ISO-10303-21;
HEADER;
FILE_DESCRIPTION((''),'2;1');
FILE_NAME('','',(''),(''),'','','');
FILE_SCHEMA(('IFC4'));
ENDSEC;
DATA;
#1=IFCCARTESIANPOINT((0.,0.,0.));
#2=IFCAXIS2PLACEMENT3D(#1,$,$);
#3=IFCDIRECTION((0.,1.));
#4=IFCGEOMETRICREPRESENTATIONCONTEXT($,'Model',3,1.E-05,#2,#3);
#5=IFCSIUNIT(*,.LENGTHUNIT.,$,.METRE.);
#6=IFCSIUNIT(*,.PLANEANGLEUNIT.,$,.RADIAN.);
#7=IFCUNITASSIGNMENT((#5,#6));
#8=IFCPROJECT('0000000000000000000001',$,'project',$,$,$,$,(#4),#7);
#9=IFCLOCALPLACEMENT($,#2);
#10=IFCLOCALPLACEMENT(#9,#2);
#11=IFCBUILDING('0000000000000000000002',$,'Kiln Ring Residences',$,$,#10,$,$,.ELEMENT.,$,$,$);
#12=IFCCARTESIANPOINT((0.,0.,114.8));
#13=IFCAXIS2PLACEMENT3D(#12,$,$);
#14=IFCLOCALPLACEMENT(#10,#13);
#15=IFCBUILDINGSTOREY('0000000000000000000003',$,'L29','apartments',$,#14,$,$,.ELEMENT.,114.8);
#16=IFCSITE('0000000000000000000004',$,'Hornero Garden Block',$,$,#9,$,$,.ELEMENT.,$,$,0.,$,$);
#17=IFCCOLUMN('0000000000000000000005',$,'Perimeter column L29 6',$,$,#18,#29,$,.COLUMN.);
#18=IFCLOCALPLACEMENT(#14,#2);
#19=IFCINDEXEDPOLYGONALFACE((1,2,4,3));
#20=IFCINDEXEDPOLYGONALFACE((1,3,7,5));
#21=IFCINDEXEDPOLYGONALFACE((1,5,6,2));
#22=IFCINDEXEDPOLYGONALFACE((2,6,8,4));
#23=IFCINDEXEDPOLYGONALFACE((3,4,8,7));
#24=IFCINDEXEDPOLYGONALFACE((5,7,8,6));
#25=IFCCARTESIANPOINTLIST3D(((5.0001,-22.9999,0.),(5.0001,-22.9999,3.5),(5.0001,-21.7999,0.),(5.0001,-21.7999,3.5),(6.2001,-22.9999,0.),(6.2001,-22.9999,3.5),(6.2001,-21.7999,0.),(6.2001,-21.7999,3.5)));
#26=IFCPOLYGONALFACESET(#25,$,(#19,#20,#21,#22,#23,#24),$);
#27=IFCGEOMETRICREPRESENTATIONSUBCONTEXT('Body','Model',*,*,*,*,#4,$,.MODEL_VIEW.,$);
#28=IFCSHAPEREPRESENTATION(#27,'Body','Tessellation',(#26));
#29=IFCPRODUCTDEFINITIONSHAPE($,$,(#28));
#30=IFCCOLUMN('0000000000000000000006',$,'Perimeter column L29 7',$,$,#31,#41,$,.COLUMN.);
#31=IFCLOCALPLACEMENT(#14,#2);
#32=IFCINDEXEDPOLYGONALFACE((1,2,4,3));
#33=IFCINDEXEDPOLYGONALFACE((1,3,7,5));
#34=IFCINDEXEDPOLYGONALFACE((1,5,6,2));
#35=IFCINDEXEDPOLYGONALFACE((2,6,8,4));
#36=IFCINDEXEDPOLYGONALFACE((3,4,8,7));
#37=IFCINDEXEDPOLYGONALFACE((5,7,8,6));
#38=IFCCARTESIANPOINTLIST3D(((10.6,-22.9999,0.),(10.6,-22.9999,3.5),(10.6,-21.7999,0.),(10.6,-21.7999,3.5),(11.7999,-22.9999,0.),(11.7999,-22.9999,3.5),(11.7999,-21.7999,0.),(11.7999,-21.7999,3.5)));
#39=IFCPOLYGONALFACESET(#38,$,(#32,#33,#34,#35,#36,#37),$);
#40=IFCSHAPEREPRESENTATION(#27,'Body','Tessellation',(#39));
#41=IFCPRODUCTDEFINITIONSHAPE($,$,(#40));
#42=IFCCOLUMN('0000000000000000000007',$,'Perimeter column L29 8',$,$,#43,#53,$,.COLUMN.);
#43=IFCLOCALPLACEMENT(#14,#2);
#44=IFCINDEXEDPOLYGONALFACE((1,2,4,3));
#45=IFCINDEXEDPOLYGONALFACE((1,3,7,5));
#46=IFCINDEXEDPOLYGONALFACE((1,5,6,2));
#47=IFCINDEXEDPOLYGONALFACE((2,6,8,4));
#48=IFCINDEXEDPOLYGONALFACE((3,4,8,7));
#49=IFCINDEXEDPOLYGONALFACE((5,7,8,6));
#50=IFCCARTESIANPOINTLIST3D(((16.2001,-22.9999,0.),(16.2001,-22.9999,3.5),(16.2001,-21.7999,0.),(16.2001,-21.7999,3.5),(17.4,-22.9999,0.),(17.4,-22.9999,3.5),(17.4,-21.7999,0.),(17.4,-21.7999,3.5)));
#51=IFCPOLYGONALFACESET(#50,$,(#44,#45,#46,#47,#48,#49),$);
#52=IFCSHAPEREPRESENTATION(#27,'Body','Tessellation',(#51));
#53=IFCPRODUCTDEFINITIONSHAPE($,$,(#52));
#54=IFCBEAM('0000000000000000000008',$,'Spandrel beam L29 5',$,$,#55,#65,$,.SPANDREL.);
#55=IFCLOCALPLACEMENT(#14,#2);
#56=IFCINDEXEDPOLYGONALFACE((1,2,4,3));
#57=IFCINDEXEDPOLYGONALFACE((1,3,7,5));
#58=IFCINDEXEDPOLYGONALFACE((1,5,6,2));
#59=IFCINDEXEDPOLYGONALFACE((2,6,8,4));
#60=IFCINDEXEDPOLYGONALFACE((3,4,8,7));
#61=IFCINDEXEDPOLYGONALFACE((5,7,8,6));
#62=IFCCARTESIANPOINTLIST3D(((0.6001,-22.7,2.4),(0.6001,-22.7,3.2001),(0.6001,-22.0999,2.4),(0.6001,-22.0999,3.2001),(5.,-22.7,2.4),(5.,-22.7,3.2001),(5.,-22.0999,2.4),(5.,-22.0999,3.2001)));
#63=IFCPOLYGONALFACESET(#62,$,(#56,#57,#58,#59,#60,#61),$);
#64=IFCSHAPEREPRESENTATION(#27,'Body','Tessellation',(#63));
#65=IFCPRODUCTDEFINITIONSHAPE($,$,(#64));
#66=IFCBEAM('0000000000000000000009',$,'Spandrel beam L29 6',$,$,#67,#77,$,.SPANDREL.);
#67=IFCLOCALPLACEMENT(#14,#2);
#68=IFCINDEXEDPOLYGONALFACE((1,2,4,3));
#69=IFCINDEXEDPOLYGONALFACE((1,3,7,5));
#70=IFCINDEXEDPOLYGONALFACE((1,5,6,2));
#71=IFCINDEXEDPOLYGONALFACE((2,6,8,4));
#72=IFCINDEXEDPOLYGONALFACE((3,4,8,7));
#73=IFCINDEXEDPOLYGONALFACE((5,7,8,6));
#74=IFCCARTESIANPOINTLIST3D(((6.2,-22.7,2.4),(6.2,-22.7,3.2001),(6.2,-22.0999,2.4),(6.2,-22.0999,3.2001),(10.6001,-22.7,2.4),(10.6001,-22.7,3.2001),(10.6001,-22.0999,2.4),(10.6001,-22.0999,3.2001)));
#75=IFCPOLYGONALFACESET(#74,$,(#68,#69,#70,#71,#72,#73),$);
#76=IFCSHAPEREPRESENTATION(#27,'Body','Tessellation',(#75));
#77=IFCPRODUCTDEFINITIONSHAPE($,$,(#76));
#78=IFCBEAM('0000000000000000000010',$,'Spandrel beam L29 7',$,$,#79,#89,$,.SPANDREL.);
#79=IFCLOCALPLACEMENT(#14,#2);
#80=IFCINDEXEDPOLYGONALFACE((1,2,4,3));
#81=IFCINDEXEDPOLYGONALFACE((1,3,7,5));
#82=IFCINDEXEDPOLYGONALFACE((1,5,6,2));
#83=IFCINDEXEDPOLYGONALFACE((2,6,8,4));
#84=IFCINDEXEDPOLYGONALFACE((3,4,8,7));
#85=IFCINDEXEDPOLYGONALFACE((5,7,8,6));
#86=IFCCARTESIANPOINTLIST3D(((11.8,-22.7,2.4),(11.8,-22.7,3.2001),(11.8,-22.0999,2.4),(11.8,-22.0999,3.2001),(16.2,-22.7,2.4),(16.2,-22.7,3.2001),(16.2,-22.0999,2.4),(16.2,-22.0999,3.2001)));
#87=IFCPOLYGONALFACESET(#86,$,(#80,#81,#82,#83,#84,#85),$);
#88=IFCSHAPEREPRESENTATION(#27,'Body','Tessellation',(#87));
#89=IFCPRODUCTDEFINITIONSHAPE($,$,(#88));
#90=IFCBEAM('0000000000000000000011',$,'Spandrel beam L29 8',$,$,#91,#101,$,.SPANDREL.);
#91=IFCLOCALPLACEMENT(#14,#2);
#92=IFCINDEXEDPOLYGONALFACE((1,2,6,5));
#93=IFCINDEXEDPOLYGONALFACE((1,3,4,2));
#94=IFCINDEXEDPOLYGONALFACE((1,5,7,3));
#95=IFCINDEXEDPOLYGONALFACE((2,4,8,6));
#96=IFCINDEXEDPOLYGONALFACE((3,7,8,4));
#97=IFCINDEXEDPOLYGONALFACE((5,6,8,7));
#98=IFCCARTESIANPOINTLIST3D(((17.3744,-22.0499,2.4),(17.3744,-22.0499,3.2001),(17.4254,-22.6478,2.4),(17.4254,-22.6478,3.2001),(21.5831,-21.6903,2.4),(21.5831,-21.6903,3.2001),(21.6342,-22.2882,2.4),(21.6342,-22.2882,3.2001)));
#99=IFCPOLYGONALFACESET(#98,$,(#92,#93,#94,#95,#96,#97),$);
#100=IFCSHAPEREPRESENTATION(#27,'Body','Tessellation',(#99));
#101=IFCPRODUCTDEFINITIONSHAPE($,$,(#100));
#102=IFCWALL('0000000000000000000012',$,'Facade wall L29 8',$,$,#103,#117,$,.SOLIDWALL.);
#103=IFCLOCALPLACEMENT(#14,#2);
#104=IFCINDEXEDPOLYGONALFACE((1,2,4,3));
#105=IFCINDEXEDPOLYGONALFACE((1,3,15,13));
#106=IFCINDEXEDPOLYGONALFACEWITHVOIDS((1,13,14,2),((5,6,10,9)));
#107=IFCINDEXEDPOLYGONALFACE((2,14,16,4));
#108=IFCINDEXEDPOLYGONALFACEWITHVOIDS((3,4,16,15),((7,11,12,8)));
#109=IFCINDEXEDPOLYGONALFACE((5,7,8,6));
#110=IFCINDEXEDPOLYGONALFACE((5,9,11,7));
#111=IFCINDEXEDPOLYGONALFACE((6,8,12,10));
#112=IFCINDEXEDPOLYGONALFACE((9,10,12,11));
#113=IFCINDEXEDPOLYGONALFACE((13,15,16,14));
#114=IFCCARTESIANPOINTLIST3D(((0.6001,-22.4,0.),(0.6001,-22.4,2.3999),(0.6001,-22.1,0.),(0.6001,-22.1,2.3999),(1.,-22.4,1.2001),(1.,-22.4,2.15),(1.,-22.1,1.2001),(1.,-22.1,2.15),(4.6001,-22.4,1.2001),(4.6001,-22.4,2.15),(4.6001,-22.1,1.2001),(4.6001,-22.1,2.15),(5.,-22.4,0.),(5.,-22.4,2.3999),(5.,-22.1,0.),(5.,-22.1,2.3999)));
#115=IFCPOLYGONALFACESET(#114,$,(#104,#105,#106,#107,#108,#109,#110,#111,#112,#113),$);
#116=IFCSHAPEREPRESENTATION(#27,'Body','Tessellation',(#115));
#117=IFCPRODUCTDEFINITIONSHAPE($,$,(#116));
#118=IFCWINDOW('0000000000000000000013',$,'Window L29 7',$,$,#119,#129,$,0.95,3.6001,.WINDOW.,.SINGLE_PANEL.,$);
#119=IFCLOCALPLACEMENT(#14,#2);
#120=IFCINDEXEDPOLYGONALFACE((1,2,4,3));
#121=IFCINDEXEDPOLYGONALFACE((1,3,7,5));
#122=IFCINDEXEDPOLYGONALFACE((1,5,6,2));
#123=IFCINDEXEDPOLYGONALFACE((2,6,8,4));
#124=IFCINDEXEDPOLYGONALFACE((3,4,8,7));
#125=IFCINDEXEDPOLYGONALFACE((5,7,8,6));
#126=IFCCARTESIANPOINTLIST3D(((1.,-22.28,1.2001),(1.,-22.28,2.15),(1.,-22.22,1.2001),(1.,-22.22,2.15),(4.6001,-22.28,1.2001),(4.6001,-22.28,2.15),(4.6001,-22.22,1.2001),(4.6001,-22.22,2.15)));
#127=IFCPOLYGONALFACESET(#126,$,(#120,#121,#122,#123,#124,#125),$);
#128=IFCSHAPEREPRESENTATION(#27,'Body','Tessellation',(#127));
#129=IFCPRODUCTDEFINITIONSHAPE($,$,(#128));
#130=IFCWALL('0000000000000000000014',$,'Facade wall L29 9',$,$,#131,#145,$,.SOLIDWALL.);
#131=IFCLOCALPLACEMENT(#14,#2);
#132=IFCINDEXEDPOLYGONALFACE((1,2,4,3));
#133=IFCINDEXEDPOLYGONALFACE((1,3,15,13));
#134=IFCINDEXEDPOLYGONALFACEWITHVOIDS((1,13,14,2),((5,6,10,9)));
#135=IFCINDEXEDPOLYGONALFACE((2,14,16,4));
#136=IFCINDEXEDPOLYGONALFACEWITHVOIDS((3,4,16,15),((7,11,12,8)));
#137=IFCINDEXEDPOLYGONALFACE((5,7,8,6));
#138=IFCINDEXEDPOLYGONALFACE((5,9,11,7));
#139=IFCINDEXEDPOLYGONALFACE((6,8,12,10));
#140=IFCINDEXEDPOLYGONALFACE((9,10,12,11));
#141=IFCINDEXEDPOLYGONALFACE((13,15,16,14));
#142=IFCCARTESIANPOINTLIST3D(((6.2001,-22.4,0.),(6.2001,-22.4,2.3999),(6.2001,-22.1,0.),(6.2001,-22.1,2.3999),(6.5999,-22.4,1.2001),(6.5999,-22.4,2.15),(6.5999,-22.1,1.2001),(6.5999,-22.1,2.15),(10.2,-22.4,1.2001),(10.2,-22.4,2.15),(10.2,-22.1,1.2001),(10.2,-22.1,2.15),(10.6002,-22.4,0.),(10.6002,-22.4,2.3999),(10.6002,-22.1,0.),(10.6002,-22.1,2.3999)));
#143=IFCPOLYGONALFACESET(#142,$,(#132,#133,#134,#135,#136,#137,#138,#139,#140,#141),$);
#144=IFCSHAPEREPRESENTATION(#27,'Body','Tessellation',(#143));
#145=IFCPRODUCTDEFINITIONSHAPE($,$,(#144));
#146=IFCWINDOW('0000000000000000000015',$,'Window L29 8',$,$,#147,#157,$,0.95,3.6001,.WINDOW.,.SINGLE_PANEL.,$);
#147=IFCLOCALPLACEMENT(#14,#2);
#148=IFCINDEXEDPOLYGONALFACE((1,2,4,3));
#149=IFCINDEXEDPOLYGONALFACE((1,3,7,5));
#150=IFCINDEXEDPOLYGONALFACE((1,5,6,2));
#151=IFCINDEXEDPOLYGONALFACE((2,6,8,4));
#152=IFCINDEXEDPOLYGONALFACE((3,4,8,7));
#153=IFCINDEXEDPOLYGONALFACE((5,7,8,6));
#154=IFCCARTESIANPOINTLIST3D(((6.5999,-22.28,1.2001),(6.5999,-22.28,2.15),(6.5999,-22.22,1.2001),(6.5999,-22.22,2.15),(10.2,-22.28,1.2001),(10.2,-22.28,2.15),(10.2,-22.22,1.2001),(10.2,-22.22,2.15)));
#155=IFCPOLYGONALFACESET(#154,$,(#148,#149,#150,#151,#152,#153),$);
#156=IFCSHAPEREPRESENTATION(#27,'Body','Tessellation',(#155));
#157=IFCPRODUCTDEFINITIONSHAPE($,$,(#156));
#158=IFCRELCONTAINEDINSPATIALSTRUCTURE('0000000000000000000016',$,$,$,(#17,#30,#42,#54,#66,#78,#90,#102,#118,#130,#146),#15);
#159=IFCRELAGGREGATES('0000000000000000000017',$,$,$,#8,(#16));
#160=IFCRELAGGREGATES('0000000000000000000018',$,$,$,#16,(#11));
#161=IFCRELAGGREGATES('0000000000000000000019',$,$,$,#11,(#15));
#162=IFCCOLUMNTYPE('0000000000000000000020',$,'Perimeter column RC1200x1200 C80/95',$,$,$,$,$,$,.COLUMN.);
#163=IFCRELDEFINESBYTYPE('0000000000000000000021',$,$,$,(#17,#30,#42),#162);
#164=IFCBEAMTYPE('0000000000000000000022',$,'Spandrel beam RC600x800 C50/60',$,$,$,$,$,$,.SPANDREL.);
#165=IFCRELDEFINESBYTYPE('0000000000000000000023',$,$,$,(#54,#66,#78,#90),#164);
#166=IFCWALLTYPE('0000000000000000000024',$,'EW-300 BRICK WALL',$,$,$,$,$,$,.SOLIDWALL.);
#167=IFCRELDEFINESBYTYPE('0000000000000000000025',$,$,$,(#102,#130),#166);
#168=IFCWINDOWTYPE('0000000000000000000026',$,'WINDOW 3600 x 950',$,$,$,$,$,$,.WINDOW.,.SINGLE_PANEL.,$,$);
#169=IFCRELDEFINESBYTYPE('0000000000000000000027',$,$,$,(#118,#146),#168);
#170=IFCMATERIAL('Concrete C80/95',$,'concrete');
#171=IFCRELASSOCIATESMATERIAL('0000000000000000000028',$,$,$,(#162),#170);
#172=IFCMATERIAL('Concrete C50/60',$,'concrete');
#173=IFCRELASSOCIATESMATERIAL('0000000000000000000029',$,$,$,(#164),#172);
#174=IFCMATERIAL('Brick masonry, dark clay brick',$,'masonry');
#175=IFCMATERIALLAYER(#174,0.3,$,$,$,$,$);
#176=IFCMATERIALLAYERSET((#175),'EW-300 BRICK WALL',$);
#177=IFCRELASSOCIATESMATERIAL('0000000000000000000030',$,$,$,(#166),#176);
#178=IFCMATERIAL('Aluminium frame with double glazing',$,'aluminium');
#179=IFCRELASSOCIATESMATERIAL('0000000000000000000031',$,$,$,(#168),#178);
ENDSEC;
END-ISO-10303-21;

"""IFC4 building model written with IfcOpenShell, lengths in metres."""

from ifc_helpers import new_model, si_unit, direction, frame, frame_2d, origin, origin_2d, place, context, subcontext, project, spatial, rectangle, extrude, material, layer, layer_set, material_profile, profile_set, type_object, element, fill, save


model = new_model("IFC4")

# Units and contexts
model_context = context("Model", 3, precision=1e-05, world=origin(), true_north=direction((0.0, 1.0)))
body_context = subcontext(model_context, "Body", "Model", "MODEL_VIEW")
ifc_project = project(units=[si_unit("LENGTHUNIT", "METRE"), si_unit("PLANEANGLEUNIT", "RADIAN")], contexts=[model_context])

# Site, building, storey
site_placement = place(None, origin())
site = spatial("IfcSite", under=ifc_project, at=site_placement, Name="Hornero Garden Block", CompositionType="ELEMENT", RefElevation=0.0)
building_placement = place(site_placement, origin())
building = spatial("IfcBuilding", under=site, at=building_placement, Name="Kiln Ring Residences", CompositionType="ELEMENT")
storey_placement = place(building_placement, frame((0.0, 0.0, 114.8)))
storey = spatial("IfcBuildingStorey", under=building, at=storey_placement, Name="L29", Description="apartments", CompositionType="ELEMENT", Elevation=114.8)

# Columns
ifc_material_1 = material(Name="Concrete C80/95", Category="concrete")
ifc_material_profile_1 = material_profile(ifc_material_1, rectangle(XDim=1.2, YDim=1.2, at=origin_2d()), Name="RC1200x1200")
ifc_profile_set_1 = profile_set([ifc_material_profile_1], Name="Concrete C80/95")
column_type = type_object("IfcColumnType", Name="Perimeter column RC1200x1200 C80/95", PredefinedType="COLUMN", material=ifc_profile_set_1)
for number, where, z_axis, x_axis, name in (
    (1, (5.6001, -22.3999, 0.0), (0.0, 0.0, 1.0), (1.0, 0.0, 0.0), "Perimeter column L29 6"),
    (2, (11.2, -22.3999, 0.0), (0.0, 0.0, 1.0), (1.0, 0.0, 0.0), "Perimeter column L29 7"),
    (3, (16.8, -22.3999, 0.0), (0.0, 0.0, 1.0), (1.0, 0.0, 0.0), "Perimeter column L29 8"),
):
    element("IfcColumn", number, at=place(storey_placement, frame(where, z_axis=z_axis, x_axis=x_axis)), inside=storey, type_object=column_type, Name=name, PredefinedType="COLUMN", context=body_context, shape_type="SweptSolid", body=[
        extrude(rectangle(XDim=1.2, YDim=1.2, at=origin_2d()), origin(), (0.0, 0.0, 1.0), 3.5),
    ])

# Beams
ifc_material_2 = material(Name="Concrete C50/60", Category="concrete")
ifc_material_profile_2 = material_profile(ifc_material_2, rectangle(XDim=0.6001, YDim=0.8, at=origin_2d()), Name="RC600x800")
ifc_profile_set_2 = profile_set([ifc_material_profile_2], Name="Concrete C50/60")
beam_type = type_object("IfcBeamType", Name="Spandrel beam RC600x800 C50/60", PredefinedType="SPANDREL", material=ifc_profile_set_2)
beam_1_placement = place(storey_placement, frame((0.6001, -22.3999, 2.8), z_axis=(1.0, 0.0, 0.0), x_axis=(0.0, 1.0, 0.0)))
element("IfcBeam", 4, at=beam_1_placement, inside=storey, type_object=beam_type, Name="Spandrel beam L29 5", PredefinedType="SPANDREL", context=body_context, shape_type="SweptSolid", body=[
    extrude(rectangle(XDim=0.6001, YDim=0.8, at=origin_2d()), origin(), (0.0, 0.0, 1.0), 4.3999),
])
beam_2_placement = place(storey_placement, frame((6.2, -22.3999, 2.8), z_axis=(1.0, 0.0, 0.0), x_axis=(0.0, 1.0, 0.0)))
element("IfcBeam", 5, at=beam_2_placement, inside=storey, type_object=beam_type, Name="Spandrel beam L29 6", PredefinedType="SPANDREL", context=body_context, shape_type="SweptSolid", body=[
    extrude(rectangle(XDim=0.6001, YDim=0.8, at=origin_2d()), origin(), (0.0, 0.0, 1.0), 4.4001),
])
beam_3_placement = place(storey_placement, frame((11.8, -22.3999, 2.8), z_axis=(1.0, 0.0, 0.0), x_axis=(0.0, 1.0, 0.0)))
element("IfcBeam", 6, at=beam_3_placement, inside=storey, type_object=beam_type, Name="Spandrel beam L29 7", PredefinedType="SPANDREL", context=body_context, shape_type="SweptSolid", body=[
    extrude(rectangle(XDim=0.6001, YDim=0.8, at=origin_2d()), origin(), (0.0, 0.0, 1.0), 4.3999),
])
beam_4_placement = place(storey_placement, frame((17.3999, -22.3489, 2.8), z_axis=(0.996369, 0.085136, 0.0), x_axis=(-0.085136, 0.996369, 0.0)))
element("IfcBeam", 7, at=beam_4_placement, inside=storey, type_object=beam_type, Name="Spandrel beam L29 8", PredefinedType="SPANDREL", context=body_context, shape_type="SweptSolid", body=[
    extrude(rectangle(XDim=0.6001, YDim=0.8, at=origin_2d()), origin(), (0.0, 0.0, 1.0), 4.2241),
])

# Walls, openings, windows
ifc_material_3 = material(Name="Brick masonry, dark clay brick", Category="masonry")
ifc_layer_1 = layer(ifc_material_3, 0.3)
ifc_layer_set_1 = layer_set([ifc_layer_1], Name="EW-300 BRICK WALL")
wall_type_1 = type_object("IfcWallType", Name="EW-300 BRICK WALL", PredefinedType="SOLIDWALL", material=ifc_layer_set_1)
wall_1_placement = place(storey_placement, frame((0.6001, -22.25, 0.0), z_axis=(0.0, 0.0, 1.0), x_axis=(1.0, 0.0, 0.0)))
wall_1 = element("IfcWall", 8, at=wall_1_placement, inside=storey, type_object=wall_type_1, Name="Facade wall L29 8", PredefinedType="SOLIDWALL", context=body_context, shape_type="SweptSolid", body=[
    extrude(rectangle(XDim=4.3999, YDim=0.3, at=frame_2d((2.2, 0.0))), origin(), (0.0, 0.0, 1.0), 2.3999),
])
opening_1_placement = place(wall_1_placement, frame((0.3999, 0.0, 1.2)))
opening_1 = element("IfcOpeningElement", 9, at=opening_1_placement, cuts=wall_1, PredefinedType="OPENING", context=body_context, shape_type="SweptSolid", body=[
    extrude(rectangle(XDim=3.6001, YDim=0.95, at=frame_2d((1.8, 0.4751))), frame((0.0, 0.1599, 0.0), z_axis=(0.0, -1.0, 0.0), x_axis=(1.0, 0.0, 0.0)), (0.0, 0.0, 1.0), 0.3201),
])
ifc_material_4 = material(Name="Aluminium frame with double glazing", Category="aluminium")
window_type_1 = type_object("IfcWindowType", Name="WINDOW 3600 x 950", PartitioningType="SINGLE_PANEL", PredefinedType="WINDOW", material=ifc_material_4)
window_1_placement = place(opening_1_placement, origin())
window_1 = element("IfcWindow", 10, at=window_1_placement, inside=storey, type_object=window_type_1, Name="Window L29 7", OverallHeight=0.95, OverallWidth=3.6001, PartitioningType="SINGLE_PANEL", PredefinedType="WINDOW", context=body_context, shape_type="SweptSolid", body=[
    extrude(rectangle(XDim=3.6001, YDim=0.95, at=frame_2d((1.8, 0.4751))), frame((0.0, 0.03, 0.0), z_axis=(0.0, -1.0, 0.0), x_axis=(1.0, 0.0, 0.0)), (0.0, 0.0, 1.0), 0.0601),
])
fill(opening_1, window_1)
wall_2_placement = place(storey_placement, frame((6.2, -22.25, 0.0), z_axis=(0.0, 0.0, 1.0), x_axis=(1.0, 0.0, 0.0)))
wall_2 = element("IfcWall", 11, at=wall_2_placement, inside=storey, type_object=wall_type_1, Name="Facade wall L29 9", PredefinedType="SOLIDWALL", context=body_context, shape_type="SweptSolid", body=[
    extrude(rectangle(XDim=4.4001, YDim=0.3, at=frame_2d((2.2002, 0.0))), origin(), (0.0, 0.0, 1.0), 2.3999),
])
opening_2_placement = place(wall_2_placement, frame((0.3999, 0.0, 1.2)))
opening_2 = element("IfcOpeningElement", 12, at=opening_2_placement, cuts=wall_2, PredefinedType="OPENING", context=body_context, shape_type="SweptSolid", body=[
    extrude(rectangle(XDim=3.6001, YDim=0.95, at=frame_2d((1.8, 0.4751))), frame((0.0, 0.1599, 0.0), z_axis=(0.0, -1.0, 0.0), x_axis=(1.0, 0.0, 0.0)), (0.0, 0.0, 1.0), 0.3201),
])
window_2_placement = place(opening_2_placement, origin())
window_2 = element("IfcWindow", 13, at=window_2_placement, inside=storey, type_object=window_type_1, Name="Window L29 8", OverallHeight=0.95, OverallWidth=3.6001, PartitioningType="SINGLE_PANEL", PredefinedType="WINDOW", context=body_context, shape_type="SweptSolid", body=[
    extrude(rectangle(XDim=3.6001, YDim=0.95, at=frame_2d((1.8, 0.4751))), frame((0.0, 0.03, 0.0), z_axis=(0.0, -1.0, 0.0), x_axis=(1.0, 0.0, 0.0)), (0.0, 0.0, 1.0), 0.0601),
])
fill(opening_2, window_2)

save(model, "model.ifc")
